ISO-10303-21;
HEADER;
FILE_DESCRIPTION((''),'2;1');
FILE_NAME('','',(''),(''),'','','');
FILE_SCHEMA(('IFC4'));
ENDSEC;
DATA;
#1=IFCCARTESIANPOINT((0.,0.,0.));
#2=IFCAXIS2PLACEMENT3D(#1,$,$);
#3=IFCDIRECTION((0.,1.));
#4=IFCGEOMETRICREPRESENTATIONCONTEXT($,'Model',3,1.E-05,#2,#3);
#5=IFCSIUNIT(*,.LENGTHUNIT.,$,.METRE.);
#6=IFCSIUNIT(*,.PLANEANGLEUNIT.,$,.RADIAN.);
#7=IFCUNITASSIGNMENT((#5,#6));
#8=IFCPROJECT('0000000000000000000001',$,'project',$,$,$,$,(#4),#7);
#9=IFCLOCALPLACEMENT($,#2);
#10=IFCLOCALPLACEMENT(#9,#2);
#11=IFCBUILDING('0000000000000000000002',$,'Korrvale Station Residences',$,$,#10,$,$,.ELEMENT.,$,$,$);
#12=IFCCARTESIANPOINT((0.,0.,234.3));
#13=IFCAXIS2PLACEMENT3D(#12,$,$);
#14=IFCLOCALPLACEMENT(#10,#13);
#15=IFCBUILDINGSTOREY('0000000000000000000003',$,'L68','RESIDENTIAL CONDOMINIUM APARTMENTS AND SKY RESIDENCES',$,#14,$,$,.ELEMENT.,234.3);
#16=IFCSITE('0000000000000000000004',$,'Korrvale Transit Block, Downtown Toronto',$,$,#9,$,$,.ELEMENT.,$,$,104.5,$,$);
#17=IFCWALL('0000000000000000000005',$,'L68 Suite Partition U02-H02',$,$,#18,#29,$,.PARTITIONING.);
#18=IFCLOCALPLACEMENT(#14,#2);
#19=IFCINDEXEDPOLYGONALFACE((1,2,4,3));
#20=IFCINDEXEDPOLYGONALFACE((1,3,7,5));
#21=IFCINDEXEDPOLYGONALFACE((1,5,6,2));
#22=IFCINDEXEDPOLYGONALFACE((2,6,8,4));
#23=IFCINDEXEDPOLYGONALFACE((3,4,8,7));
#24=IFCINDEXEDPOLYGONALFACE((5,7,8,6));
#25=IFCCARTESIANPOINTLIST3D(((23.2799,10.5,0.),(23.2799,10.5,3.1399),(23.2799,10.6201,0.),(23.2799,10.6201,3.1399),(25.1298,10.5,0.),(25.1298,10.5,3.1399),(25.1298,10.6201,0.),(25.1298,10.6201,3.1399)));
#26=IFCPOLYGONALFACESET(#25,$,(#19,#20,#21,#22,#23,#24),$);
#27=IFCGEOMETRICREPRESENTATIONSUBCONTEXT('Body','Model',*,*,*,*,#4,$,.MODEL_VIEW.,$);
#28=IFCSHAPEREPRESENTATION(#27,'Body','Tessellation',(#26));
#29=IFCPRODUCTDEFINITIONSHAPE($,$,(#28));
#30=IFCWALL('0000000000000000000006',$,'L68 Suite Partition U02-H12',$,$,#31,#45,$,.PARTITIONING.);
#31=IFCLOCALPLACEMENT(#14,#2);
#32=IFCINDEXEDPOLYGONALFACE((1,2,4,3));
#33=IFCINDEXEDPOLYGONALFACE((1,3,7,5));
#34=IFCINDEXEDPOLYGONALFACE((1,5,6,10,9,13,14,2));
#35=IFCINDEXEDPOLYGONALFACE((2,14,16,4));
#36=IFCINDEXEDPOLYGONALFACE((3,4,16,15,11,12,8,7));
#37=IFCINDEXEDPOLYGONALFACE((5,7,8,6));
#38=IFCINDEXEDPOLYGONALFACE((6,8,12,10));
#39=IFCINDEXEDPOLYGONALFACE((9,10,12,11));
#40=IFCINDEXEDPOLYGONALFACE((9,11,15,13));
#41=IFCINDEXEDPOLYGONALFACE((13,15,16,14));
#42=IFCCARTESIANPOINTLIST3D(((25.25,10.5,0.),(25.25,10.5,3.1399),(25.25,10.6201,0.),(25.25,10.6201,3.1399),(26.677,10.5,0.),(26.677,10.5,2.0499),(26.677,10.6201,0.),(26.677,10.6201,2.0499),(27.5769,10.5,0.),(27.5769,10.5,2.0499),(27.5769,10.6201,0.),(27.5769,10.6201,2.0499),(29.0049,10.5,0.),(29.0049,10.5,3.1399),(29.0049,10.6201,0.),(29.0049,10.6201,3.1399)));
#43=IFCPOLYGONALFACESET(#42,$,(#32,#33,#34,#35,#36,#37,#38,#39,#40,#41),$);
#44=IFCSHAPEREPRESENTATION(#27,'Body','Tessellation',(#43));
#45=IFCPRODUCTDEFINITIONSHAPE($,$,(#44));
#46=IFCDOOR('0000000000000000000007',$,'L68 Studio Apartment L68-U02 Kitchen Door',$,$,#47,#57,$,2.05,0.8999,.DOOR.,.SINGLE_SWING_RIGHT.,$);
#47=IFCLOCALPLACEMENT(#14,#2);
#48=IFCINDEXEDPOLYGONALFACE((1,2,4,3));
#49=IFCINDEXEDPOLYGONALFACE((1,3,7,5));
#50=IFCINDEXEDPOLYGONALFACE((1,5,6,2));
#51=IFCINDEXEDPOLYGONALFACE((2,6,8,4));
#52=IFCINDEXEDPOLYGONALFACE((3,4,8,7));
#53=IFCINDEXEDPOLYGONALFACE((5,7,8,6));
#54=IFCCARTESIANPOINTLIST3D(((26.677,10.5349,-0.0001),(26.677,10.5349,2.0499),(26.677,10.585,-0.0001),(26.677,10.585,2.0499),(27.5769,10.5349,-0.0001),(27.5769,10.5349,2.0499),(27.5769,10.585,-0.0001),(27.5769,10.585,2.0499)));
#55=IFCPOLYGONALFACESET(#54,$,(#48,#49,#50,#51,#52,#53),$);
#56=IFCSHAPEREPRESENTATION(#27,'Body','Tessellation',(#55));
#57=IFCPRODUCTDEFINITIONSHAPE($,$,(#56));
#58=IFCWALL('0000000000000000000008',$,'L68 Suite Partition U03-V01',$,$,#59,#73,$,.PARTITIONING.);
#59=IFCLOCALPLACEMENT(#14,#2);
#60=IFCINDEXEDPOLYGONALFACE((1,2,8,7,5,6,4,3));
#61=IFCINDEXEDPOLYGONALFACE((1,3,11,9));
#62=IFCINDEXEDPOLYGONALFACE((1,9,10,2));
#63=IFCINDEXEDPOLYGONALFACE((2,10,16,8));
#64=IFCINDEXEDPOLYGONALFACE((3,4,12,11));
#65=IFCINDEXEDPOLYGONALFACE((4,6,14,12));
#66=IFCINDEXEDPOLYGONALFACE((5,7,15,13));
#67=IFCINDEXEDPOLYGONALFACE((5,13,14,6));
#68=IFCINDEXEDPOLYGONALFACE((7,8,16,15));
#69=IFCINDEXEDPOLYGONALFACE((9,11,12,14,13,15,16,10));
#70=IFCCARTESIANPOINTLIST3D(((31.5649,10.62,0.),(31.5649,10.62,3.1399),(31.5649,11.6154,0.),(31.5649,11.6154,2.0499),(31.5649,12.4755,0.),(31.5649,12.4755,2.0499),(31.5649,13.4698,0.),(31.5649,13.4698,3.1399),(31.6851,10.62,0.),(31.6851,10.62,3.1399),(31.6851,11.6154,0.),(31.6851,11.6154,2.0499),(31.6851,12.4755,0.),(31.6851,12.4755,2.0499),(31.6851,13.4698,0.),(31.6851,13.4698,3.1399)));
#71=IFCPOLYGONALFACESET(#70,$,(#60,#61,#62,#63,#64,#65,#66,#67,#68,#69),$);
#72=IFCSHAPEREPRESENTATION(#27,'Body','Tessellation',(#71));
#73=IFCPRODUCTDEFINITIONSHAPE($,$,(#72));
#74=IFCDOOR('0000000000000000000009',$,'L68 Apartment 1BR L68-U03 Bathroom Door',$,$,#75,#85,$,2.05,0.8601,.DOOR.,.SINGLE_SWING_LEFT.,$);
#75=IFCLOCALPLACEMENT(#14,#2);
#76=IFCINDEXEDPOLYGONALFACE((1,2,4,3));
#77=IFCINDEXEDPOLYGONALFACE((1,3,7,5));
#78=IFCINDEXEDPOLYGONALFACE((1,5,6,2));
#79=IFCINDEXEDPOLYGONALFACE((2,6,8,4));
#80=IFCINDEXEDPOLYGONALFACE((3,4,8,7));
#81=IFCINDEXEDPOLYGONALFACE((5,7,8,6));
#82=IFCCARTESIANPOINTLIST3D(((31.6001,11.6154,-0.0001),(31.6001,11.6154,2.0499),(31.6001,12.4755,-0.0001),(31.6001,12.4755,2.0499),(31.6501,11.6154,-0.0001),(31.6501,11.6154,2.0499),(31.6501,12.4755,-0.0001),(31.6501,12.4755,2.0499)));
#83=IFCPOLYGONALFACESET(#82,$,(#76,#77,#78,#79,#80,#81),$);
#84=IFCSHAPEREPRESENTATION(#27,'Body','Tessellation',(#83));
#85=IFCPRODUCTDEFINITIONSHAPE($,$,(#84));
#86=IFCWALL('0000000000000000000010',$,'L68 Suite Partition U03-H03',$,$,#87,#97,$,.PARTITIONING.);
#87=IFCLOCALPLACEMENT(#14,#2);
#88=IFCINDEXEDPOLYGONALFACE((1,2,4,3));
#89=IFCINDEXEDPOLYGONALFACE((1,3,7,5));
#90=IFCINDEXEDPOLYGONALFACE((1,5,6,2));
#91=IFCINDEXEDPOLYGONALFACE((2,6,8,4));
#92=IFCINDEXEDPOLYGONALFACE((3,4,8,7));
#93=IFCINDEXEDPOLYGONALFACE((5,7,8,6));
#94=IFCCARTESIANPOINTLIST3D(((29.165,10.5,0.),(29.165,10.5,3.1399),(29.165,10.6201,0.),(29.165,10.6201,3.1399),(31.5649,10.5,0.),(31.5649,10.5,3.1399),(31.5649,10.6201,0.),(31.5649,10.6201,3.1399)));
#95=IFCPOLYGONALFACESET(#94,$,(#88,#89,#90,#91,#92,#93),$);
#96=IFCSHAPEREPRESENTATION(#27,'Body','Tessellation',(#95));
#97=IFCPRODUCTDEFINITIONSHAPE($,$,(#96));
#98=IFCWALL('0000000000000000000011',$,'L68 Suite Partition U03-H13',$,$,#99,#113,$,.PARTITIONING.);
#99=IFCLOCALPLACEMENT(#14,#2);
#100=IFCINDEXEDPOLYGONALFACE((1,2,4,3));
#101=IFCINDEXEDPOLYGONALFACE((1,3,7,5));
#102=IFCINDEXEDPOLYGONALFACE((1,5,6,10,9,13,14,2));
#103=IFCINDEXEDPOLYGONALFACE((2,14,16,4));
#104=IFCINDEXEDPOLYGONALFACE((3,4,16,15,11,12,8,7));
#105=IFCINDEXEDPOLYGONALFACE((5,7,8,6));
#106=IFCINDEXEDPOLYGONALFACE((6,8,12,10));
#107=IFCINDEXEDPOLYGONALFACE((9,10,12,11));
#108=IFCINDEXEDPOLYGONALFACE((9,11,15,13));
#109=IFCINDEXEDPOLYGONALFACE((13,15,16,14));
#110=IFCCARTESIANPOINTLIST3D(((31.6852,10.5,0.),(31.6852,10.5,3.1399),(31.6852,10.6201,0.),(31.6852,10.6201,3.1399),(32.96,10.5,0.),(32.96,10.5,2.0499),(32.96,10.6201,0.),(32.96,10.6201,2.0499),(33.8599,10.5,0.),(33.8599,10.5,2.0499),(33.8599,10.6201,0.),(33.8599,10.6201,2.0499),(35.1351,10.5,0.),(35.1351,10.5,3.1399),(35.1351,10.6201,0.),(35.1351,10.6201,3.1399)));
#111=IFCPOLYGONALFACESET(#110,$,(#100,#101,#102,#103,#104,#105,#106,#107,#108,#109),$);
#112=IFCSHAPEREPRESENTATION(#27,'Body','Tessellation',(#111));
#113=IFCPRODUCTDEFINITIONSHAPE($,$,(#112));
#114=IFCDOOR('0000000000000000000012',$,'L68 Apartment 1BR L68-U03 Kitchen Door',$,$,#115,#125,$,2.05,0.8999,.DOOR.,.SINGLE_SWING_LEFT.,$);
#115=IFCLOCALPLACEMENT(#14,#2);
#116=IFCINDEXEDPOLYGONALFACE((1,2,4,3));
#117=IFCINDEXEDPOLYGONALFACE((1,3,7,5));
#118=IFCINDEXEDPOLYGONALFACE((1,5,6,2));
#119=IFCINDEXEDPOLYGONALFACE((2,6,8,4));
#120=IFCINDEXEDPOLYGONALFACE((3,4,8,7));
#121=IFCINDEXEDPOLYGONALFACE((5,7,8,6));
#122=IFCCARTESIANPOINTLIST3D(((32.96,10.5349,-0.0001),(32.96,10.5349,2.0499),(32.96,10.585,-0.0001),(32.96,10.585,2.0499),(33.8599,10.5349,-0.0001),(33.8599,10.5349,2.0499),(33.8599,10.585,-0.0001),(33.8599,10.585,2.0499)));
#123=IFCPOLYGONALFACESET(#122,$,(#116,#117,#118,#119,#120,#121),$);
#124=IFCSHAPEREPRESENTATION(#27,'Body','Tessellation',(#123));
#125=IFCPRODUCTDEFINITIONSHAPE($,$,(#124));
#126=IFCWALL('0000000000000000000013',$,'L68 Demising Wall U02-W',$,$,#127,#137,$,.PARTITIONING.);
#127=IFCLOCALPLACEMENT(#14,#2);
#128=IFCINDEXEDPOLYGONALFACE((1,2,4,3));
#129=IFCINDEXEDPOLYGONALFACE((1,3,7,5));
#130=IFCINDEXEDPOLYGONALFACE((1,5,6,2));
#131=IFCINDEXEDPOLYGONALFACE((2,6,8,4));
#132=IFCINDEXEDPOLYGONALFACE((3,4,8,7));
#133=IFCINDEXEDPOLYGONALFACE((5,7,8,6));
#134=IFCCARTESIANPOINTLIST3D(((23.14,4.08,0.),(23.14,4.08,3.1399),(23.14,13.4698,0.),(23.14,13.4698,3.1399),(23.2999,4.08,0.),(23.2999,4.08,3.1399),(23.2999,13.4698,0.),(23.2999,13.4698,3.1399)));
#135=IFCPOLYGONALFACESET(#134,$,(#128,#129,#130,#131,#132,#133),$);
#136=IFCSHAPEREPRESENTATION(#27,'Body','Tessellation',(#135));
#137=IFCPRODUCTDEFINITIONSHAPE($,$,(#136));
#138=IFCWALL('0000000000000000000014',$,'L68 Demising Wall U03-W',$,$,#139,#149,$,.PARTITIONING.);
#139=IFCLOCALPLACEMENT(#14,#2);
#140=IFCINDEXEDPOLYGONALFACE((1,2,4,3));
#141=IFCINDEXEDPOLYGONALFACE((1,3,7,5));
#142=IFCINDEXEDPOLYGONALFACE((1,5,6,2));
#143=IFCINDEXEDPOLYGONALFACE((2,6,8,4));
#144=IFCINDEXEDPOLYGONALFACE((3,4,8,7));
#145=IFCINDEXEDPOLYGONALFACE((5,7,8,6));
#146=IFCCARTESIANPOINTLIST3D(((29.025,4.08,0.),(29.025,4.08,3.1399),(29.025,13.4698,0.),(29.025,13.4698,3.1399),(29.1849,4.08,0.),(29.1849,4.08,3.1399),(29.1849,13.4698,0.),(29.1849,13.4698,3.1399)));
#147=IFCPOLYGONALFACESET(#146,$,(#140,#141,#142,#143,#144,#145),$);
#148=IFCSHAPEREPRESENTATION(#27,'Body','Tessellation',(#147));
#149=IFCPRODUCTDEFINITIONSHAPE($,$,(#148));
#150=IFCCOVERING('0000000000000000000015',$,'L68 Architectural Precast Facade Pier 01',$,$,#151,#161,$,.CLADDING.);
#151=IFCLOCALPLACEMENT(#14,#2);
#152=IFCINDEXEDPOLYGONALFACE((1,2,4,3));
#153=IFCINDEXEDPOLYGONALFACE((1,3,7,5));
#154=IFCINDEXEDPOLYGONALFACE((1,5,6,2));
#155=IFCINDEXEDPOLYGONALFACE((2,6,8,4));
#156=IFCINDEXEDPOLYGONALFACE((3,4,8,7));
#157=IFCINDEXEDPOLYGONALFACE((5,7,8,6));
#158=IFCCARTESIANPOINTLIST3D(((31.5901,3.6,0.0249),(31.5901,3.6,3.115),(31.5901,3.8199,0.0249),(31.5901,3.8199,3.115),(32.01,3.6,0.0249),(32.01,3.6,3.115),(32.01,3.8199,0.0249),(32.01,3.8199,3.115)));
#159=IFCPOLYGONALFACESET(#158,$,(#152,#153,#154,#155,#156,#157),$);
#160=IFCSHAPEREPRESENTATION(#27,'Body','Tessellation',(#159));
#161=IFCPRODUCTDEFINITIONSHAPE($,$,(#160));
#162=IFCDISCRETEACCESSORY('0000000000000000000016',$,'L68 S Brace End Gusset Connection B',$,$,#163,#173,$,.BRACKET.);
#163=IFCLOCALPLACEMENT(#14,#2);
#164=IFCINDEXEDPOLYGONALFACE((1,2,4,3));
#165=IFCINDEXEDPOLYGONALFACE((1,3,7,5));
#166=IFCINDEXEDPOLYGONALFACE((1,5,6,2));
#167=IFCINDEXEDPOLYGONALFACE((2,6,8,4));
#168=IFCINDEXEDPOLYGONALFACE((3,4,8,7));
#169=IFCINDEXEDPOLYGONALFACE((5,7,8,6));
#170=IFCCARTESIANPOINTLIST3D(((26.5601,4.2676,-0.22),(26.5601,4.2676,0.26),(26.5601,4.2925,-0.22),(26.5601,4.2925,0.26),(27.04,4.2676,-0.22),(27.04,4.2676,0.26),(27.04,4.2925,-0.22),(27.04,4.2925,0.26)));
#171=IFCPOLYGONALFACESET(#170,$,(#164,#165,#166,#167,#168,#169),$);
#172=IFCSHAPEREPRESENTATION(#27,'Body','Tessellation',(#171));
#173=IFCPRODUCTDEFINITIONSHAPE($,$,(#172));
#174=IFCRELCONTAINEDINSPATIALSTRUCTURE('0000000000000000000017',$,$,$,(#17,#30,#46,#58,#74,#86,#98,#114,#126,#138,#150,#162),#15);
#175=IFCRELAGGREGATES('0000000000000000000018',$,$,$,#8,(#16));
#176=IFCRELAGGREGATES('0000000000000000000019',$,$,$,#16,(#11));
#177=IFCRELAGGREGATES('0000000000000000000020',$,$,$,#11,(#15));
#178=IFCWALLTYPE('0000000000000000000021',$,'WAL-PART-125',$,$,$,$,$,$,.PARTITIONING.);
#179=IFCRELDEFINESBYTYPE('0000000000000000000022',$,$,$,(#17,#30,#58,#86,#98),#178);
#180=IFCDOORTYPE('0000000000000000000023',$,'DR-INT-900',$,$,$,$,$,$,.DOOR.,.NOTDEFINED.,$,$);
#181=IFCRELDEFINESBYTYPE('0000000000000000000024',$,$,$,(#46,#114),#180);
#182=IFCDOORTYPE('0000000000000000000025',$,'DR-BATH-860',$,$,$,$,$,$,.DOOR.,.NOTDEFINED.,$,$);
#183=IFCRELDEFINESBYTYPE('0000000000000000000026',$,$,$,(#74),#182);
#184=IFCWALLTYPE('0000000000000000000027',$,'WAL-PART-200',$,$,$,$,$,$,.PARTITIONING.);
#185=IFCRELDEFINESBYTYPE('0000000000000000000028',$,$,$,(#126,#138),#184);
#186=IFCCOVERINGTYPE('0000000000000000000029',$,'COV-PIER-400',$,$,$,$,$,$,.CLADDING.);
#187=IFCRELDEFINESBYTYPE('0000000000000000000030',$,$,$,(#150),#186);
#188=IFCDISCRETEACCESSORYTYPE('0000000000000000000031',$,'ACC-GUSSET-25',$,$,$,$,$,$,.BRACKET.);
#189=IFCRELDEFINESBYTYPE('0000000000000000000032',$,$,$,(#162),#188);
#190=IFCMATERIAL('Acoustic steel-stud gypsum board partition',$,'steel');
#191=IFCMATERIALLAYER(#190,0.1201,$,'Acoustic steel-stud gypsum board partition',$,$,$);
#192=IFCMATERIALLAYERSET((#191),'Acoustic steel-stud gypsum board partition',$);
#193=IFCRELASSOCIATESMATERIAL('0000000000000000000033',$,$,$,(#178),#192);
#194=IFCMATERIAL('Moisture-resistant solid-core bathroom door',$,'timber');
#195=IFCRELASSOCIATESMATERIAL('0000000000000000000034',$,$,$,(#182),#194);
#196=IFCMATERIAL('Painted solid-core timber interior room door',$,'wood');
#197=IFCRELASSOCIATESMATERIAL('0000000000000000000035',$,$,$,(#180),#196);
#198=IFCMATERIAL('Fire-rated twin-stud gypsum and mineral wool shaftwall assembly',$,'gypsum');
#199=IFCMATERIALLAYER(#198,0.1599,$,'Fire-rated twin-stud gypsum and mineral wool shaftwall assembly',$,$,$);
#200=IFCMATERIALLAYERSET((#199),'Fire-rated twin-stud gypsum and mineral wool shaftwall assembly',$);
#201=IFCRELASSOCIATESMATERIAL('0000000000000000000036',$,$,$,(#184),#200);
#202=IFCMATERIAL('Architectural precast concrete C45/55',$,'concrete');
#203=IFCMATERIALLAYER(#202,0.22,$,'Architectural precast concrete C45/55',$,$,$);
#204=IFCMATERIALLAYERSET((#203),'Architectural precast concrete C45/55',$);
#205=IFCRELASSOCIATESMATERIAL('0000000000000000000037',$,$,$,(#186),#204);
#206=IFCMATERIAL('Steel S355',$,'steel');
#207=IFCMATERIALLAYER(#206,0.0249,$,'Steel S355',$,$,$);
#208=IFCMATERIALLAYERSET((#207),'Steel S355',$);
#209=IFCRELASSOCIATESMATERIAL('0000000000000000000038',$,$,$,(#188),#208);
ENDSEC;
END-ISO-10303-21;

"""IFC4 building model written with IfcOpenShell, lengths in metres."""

from ifc_helpers import new_model, si_unit, direction, frame, frame_2d, origin, origin_2d, place, context, subcontext, project, spatial, rectangle, extrude, material, layer, layer_set, type_object, element, fill, save


model = new_model("IFC4")

# Units and contexts
model_context = context("Model", 3, precision=1e-05, world=origin(), true_north=direction((0.0, 1.0)))
body_context = subcontext(model_context, "Body", "Model", "MODEL_VIEW")
ifc_project = project(units=[si_unit("LENGTHUNIT", "METRE"), si_unit("PLANEANGLEUNIT", "RADIAN")], contexts=[model_context])

# Site, building, storey
site_placement = place(None, origin())
site = spatial("IfcSite", under=ifc_project, at=site_placement, Name="Korrvale Transit Block, Downtown Toronto", CompositionType="ELEMENT", RefElevation=104.5)
building_placement = place(site_placement, origin())
building = spatial("IfcBuilding", under=site, at=building_placement, Name="Korrvale Station Residences", CompositionType="ELEMENT")
storey_placement = place(building_placement, frame((0.0, 0.0, 234.3)))
storey = spatial("IfcBuildingStorey", under=building, at=storey_placement, Name="L68", Description="RESIDENTIAL CONDOMINIUM APARTMENTS AND SKY RESIDENCES", CompositionType="ELEMENT", Elevation=234.3)

# Shared definitions
ifc_material_1 = material(Name="Steel S355", Category="steel")

# Shared definitions
ifc_material_2 = material(Name="Acoustic steel-stud gypsum board partition", Category="steel")
ifc_layer_1 = layer(ifc_material_2, 0.1201, Name="Acoustic steel-stud gypsum board partition")
ifc_layer_set_1 = layer_set([ifc_layer_1], Name="Acoustic steel-stud gypsum board partition")
wall_type_1 = type_object("IfcWallType", Name="WAL-PART-125", PredefinedType="PARTITIONING", material=ifc_layer_set_1)
ifc_material_3 = material(Name="Moisture-resistant solid-core bathroom door", Category="timber")
door_type_1 = type_object("IfcDoorType", Name="DR-BATH-860", OperationType="NOTDEFINED", PredefinedType="DOOR", material=ifc_material_3)

# Wall
wall_1_placement = place(storey_placement, frame((23.28, 10.5601, 0.0), z_axis=(0.0, 0.0, 1.0), x_axis=(1.0, 0.0, 0.0)))
element("IfcWall", 1, at=wall_1_placement, inside=storey, type_object=wall_type_1, Name="L68 Suite Partition U02-H02", PredefinedType="PARTITIONING", context=body_context, shape_type="SweptSolid", body=[
    extrude(rectangle(XDim=1.8499, YDim=0.1201, at=frame_2d((0.9248, 0.0))), origin(), (0.0, 0.0, 1.0), 3.1399),
])

# Walls, openings, doors
wall_2_placement = place(storey_placement, frame((25.25, 10.5601, 0.0), z_axis=(0.0, 0.0, 1.0), x_axis=(1.0, 0.0, 0.0)))
wall_2 = element("IfcWall", 2, at=wall_2_placement, inside=storey, type_object=wall_type_1, Name="L68 Suite Partition U02-H12", PredefinedType="PARTITIONING", context=body_context, shape_type="SweptSolid", body=[
    extrude(rectangle(XDim=3.7549, YDim=0.1201, at=frame_2d((1.8774, 0.0))), origin(), (0.0, 0.0, 1.0), 3.1399),
])
opening_1_placement = place(wall_2_placement, frame((1.427, 0.0, 0.0)))
opening_1 = element("IfcOpeningElement", 3, at=opening_1_placement, cuts=wall_2, PredefinedType="OPENING", context=body_context, shape_type="SweptSolid", body=[
    extrude(rectangle(XDim=0.8999, YDim=2.05, at=frame_2d((0.45, 1.0249))), frame((0.0, 0.0701, 0.0), z_axis=(0.0, -1.0, 0.0), x_axis=(1.0, 0.0, 0.0)), (0.0, 0.0, 1.0), 0.1401),
])
ifc_material_4 = material(Name="Painted solid-core timber interior room door", Category="wood")
door_type_2 = type_object("IfcDoorType", Name="DR-INT-900", OperationType="NOTDEFINED", PredefinedType="DOOR", material=ifc_material_4)
door_1_placement = place(opening_1_placement, origin())
door_1 = element("IfcDoor", 4, at=door_1_placement, inside=storey, type_object=door_type_2, Name="L68 Studio Apartment L68-U02 Kitchen Door", OperationType="SINGLE_SWING_RIGHT", OverallHeight=2.05, OverallWidth=0.8999, PredefinedType="DOOR", context=body_context, shape_type="SweptSolid", body=[
    extrude(rectangle(XDim=0.8999, YDim=2.05, at=frame_2d((0.45, 1.0249))), frame((0.0, 0.0249, 0.0), z_axis=(0.0, -1.0, 0.0), x_axis=(1.0, 0.0, 0.0)), (0.0, 0.0, 1.0), 0.05),
])
fill(opening_1, door_1)
wall_3_placement = place(storey_placement, frame((31.625, 10.6201, 0.0), z_axis=(0.0, 0.0, 1.0), x_axis=(0.0, 1.0, 0.0)))
wall_3 = element("IfcWall", 5, at=wall_3_placement, inside=storey, type_object=wall_type_1, Name="L68 Suite Partition U03-V01", PredefinedType="PARTITIONING", context=body_context, shape_type="SweptSolid", body=[
    extrude(rectangle(XDim=2.8499, YDim=0.1201, at=frame_2d((1.4248, 0.0))), origin(), (0.0, 0.0, 1.0), 3.1399),
])
opening_2_placement = place(wall_3_placement, frame((0.9951, 0.0, 0.0)))
opening_2 = element("IfcOpeningElement", 6, at=opening_2_placement, cuts=wall_3, PredefinedType="OPENING", context=body_context, shape_type="SweptSolid", body=[
    extrude(rectangle(XDim=0.8601, YDim=2.05, at=frame_2d((0.4302, 1.0249))), frame((0.0, 0.0701, 0.0), z_axis=(0.0, -1.0, 0.0), x_axis=(1.0, 0.0, 0.0)), (0.0, 0.0, 1.0), 0.1401),
])
door_2_placement = place(opening_2_placement, origin())
door_2 = element("IfcDoor", 7, at=door_2_placement, inside=storey, type_object=door_type_1, Name="L68 Apartment 1BR L68-U03 Bathroom Door", OperationType="SINGLE_SWING_LEFT", OverallHeight=2.05, OverallWidth=0.8601, PredefinedType="DOOR", context=body_context, shape_type="SweptSolid", body=[
    extrude(rectangle(XDim=0.8601, YDim=2.05, at=frame_2d((0.4302, 1.0249))), frame((0.0, 0.0249, 0.0), z_axis=(0.0, -1.0, 0.0), x_axis=(1.0, 0.0, 0.0)), (0.0, 0.0, 1.0), 0.05),
])
fill(opening_2, door_2)

# Wall
wall_4_placement = place(storey_placement, frame((29.165, 10.5601, 0.0), z_axis=(0.0, 0.0, 1.0), x_axis=(1.0, 0.0, 0.0)))
element("IfcWall", 8, at=wall_4_placement, inside=storey, type_object=wall_type_1, Name="L68 Suite Partition U03-H03", PredefinedType="PARTITIONING", context=body_context, shape_type="SweptSolid", body=[
    extrude(rectangle(XDim=2.3999, YDim=0.1201, at=frame_2d((1.2, 0.0))), origin(), (0.0, 0.0, 1.0), 3.1399),
])

# Wall, opening, door
wall_5_placement = place(storey_placement, frame((31.6851, 10.5601, 0.0), z_axis=(0.0, 0.0, 1.0), x_axis=(1.0, 0.0, 0.0)))
wall_5 = element("IfcWall", 9, at=wall_5_placement, inside=storey, type_object=wall_type_1, Name="L68 Suite Partition U03-H13", PredefinedType="PARTITIONING", context=body_context, shape_type="SweptSolid", body=[
    extrude(rectangle(XDim=3.45, YDim=0.1201, at=frame_2d((1.7251, 0.0))), origin(), (0.0, 0.0, 1.0), 3.1399),
])
opening_3_placement = place(wall_5_placement, frame((1.2749, 0.0, 0.0)))
opening_3 = element("IfcOpeningElement", 10, at=opening_3_placement, cuts=wall_5, PredefinedType="OPENING", context=body_context, shape_type="SweptSolid", body=[
    extrude(rectangle(XDim=0.8999, YDim=2.05, at=frame_2d((0.45, 1.0249))), frame((0.0, 0.0701, 0.0), z_axis=(0.0, -1.0, 0.0), x_axis=(1.0, 0.0, 0.0)), (0.0, 0.0, 1.0), 0.1401),
])
door_3_placement = place(opening_3_placement, origin())
door_3 = element("IfcDoor", 11, at=door_3_placement, inside=storey, type_object=door_type_2, Name="L68 Apartment 1BR L68-U03 Kitchen Door", OperationType="SINGLE_SWING_LEFT", OverallHeight=2.05, OverallWidth=0.8999, PredefinedType="DOOR", context=body_context, shape_type="SweptSolid", body=[
    extrude(rectangle(XDim=0.8999, YDim=2.05, at=frame_2d((0.45, 1.0249))), frame((0.0, 0.0249, 0.0), z_axis=(0.0, -1.0, 0.0), x_axis=(1.0, 0.0, 0.0)), (0.0, 0.0, 1.0), 0.05),
])
fill(opening_3, door_3)

# Walls
ifc_material_5 = material(Name="Fire-rated twin-stud gypsum and mineral wool shaftwall assembly", Category="gypsum")
ifc_layer_2 = layer(ifc_material_5, 0.1599, Name="Fire-rated twin-stud gypsum and mineral wool shaftwall assembly")
ifc_layer_set_2 = layer_set([ifc_layer_2], Name="Fire-rated twin-stud gypsum and mineral wool shaftwall assembly")
wall_type_2 = type_object("IfcWallType", Name="WAL-PART-200", PredefinedType="PARTITIONING", material=ifc_layer_set_2)
for number, where, z_axis, x_axis, name in (
    (12, (23.22, 4.0801, 0.0), (0.0, 0.0, 1.0), (0.0, 1.0, 0.0), "L68 Demising Wall U02-W"),
    (13, (29.105, 4.0801, 0.0), (0.0, 0.0, 1.0), (0.0, 1.0, 0.0), "L68 Demising Wall U03-W"),
):
    element("IfcWall", number, at=place(storey_placement, frame(where, z_axis=z_axis, x_axis=x_axis)), inside=storey, type_object=wall_type_2, Name=name, PredefinedType="PARTITIONING", context=body_context, shape_type="SweptSolid", body=[
        extrude(rectangle(XDim=9.3899, YDim=0.1599, at=frame_2d((4.6948, 0.0))), origin(), (0.0, 0.0, 1.0), 3.1399),
    ])

# Covering
ifc_material_6 = material(Name="Architectural precast concrete C45/55", Category="concrete")
ifc_layer_3 = layer(ifc_material_6, 0.22, Name="Architectural precast concrete C45/55")
ifc_layer_set_3 = layer_set([ifc_layer_3], Name="Architectural precast concrete C45/55")
covering_type = type_object("IfcCoveringType", Name="COV-PIER-400", PredefinedType="CLADDING", material=ifc_layer_set_3)
covering_placement = place(storey_placement, frame((31.8, 3.71, 0.0249), z_axis=(0.0, 0.0, 1.0), x_axis=(1.0, 0.0, 0.0)))
element("IfcCovering", 14, at=covering_placement, inside=storey, type_object=covering_type, Name="L68 Architectural Precast Facade Pier 01", PredefinedType="CLADDING", context=body_context, shape_type="SweptSolid", body=[
    extrude(rectangle(XDim=0.4199, YDim=0.22, at=origin_2d()), origin(), (0.0, 0.0, 1.0), 3.0901),
])

# Discrete accessory
ifc_layer_4 = layer(ifc_material_1, 0.0249, Name="Steel S355")
ifc_layer_set_4 = layer_set([ifc_layer_4], Name="Steel S355")
discrete_accessory_type = type_object("IfcDiscreteAccessoryType", Name="ACC-GUSSET-25", PredefinedType="BRACKET", material=ifc_layer_set_4)
for number, where, z_axis, x_axis, name in (
    (15, (26.8, 4.28, -0.22), (0.0, 0.0, 1.0), (1.0, 0.0, 0.0), "L68 S Brace End Gusset Connection B"),
):
    element("IfcDiscreteAccessory", number, at=place(storey_placement, frame(where, z_axis=z_axis, x_axis=x_axis)), inside=storey, type_object=discrete_accessory_type, Name=name, PredefinedType="BRACKET", context=body_context, shape_type="SweptSolid", body=[
        extrude(rectangle(XDim=0.48, YDim=0.0249, at=origin_2d()), origin(), (0.0, 0.0, 1.0), 0.48),
    ])

save(model, "model.ifc")
